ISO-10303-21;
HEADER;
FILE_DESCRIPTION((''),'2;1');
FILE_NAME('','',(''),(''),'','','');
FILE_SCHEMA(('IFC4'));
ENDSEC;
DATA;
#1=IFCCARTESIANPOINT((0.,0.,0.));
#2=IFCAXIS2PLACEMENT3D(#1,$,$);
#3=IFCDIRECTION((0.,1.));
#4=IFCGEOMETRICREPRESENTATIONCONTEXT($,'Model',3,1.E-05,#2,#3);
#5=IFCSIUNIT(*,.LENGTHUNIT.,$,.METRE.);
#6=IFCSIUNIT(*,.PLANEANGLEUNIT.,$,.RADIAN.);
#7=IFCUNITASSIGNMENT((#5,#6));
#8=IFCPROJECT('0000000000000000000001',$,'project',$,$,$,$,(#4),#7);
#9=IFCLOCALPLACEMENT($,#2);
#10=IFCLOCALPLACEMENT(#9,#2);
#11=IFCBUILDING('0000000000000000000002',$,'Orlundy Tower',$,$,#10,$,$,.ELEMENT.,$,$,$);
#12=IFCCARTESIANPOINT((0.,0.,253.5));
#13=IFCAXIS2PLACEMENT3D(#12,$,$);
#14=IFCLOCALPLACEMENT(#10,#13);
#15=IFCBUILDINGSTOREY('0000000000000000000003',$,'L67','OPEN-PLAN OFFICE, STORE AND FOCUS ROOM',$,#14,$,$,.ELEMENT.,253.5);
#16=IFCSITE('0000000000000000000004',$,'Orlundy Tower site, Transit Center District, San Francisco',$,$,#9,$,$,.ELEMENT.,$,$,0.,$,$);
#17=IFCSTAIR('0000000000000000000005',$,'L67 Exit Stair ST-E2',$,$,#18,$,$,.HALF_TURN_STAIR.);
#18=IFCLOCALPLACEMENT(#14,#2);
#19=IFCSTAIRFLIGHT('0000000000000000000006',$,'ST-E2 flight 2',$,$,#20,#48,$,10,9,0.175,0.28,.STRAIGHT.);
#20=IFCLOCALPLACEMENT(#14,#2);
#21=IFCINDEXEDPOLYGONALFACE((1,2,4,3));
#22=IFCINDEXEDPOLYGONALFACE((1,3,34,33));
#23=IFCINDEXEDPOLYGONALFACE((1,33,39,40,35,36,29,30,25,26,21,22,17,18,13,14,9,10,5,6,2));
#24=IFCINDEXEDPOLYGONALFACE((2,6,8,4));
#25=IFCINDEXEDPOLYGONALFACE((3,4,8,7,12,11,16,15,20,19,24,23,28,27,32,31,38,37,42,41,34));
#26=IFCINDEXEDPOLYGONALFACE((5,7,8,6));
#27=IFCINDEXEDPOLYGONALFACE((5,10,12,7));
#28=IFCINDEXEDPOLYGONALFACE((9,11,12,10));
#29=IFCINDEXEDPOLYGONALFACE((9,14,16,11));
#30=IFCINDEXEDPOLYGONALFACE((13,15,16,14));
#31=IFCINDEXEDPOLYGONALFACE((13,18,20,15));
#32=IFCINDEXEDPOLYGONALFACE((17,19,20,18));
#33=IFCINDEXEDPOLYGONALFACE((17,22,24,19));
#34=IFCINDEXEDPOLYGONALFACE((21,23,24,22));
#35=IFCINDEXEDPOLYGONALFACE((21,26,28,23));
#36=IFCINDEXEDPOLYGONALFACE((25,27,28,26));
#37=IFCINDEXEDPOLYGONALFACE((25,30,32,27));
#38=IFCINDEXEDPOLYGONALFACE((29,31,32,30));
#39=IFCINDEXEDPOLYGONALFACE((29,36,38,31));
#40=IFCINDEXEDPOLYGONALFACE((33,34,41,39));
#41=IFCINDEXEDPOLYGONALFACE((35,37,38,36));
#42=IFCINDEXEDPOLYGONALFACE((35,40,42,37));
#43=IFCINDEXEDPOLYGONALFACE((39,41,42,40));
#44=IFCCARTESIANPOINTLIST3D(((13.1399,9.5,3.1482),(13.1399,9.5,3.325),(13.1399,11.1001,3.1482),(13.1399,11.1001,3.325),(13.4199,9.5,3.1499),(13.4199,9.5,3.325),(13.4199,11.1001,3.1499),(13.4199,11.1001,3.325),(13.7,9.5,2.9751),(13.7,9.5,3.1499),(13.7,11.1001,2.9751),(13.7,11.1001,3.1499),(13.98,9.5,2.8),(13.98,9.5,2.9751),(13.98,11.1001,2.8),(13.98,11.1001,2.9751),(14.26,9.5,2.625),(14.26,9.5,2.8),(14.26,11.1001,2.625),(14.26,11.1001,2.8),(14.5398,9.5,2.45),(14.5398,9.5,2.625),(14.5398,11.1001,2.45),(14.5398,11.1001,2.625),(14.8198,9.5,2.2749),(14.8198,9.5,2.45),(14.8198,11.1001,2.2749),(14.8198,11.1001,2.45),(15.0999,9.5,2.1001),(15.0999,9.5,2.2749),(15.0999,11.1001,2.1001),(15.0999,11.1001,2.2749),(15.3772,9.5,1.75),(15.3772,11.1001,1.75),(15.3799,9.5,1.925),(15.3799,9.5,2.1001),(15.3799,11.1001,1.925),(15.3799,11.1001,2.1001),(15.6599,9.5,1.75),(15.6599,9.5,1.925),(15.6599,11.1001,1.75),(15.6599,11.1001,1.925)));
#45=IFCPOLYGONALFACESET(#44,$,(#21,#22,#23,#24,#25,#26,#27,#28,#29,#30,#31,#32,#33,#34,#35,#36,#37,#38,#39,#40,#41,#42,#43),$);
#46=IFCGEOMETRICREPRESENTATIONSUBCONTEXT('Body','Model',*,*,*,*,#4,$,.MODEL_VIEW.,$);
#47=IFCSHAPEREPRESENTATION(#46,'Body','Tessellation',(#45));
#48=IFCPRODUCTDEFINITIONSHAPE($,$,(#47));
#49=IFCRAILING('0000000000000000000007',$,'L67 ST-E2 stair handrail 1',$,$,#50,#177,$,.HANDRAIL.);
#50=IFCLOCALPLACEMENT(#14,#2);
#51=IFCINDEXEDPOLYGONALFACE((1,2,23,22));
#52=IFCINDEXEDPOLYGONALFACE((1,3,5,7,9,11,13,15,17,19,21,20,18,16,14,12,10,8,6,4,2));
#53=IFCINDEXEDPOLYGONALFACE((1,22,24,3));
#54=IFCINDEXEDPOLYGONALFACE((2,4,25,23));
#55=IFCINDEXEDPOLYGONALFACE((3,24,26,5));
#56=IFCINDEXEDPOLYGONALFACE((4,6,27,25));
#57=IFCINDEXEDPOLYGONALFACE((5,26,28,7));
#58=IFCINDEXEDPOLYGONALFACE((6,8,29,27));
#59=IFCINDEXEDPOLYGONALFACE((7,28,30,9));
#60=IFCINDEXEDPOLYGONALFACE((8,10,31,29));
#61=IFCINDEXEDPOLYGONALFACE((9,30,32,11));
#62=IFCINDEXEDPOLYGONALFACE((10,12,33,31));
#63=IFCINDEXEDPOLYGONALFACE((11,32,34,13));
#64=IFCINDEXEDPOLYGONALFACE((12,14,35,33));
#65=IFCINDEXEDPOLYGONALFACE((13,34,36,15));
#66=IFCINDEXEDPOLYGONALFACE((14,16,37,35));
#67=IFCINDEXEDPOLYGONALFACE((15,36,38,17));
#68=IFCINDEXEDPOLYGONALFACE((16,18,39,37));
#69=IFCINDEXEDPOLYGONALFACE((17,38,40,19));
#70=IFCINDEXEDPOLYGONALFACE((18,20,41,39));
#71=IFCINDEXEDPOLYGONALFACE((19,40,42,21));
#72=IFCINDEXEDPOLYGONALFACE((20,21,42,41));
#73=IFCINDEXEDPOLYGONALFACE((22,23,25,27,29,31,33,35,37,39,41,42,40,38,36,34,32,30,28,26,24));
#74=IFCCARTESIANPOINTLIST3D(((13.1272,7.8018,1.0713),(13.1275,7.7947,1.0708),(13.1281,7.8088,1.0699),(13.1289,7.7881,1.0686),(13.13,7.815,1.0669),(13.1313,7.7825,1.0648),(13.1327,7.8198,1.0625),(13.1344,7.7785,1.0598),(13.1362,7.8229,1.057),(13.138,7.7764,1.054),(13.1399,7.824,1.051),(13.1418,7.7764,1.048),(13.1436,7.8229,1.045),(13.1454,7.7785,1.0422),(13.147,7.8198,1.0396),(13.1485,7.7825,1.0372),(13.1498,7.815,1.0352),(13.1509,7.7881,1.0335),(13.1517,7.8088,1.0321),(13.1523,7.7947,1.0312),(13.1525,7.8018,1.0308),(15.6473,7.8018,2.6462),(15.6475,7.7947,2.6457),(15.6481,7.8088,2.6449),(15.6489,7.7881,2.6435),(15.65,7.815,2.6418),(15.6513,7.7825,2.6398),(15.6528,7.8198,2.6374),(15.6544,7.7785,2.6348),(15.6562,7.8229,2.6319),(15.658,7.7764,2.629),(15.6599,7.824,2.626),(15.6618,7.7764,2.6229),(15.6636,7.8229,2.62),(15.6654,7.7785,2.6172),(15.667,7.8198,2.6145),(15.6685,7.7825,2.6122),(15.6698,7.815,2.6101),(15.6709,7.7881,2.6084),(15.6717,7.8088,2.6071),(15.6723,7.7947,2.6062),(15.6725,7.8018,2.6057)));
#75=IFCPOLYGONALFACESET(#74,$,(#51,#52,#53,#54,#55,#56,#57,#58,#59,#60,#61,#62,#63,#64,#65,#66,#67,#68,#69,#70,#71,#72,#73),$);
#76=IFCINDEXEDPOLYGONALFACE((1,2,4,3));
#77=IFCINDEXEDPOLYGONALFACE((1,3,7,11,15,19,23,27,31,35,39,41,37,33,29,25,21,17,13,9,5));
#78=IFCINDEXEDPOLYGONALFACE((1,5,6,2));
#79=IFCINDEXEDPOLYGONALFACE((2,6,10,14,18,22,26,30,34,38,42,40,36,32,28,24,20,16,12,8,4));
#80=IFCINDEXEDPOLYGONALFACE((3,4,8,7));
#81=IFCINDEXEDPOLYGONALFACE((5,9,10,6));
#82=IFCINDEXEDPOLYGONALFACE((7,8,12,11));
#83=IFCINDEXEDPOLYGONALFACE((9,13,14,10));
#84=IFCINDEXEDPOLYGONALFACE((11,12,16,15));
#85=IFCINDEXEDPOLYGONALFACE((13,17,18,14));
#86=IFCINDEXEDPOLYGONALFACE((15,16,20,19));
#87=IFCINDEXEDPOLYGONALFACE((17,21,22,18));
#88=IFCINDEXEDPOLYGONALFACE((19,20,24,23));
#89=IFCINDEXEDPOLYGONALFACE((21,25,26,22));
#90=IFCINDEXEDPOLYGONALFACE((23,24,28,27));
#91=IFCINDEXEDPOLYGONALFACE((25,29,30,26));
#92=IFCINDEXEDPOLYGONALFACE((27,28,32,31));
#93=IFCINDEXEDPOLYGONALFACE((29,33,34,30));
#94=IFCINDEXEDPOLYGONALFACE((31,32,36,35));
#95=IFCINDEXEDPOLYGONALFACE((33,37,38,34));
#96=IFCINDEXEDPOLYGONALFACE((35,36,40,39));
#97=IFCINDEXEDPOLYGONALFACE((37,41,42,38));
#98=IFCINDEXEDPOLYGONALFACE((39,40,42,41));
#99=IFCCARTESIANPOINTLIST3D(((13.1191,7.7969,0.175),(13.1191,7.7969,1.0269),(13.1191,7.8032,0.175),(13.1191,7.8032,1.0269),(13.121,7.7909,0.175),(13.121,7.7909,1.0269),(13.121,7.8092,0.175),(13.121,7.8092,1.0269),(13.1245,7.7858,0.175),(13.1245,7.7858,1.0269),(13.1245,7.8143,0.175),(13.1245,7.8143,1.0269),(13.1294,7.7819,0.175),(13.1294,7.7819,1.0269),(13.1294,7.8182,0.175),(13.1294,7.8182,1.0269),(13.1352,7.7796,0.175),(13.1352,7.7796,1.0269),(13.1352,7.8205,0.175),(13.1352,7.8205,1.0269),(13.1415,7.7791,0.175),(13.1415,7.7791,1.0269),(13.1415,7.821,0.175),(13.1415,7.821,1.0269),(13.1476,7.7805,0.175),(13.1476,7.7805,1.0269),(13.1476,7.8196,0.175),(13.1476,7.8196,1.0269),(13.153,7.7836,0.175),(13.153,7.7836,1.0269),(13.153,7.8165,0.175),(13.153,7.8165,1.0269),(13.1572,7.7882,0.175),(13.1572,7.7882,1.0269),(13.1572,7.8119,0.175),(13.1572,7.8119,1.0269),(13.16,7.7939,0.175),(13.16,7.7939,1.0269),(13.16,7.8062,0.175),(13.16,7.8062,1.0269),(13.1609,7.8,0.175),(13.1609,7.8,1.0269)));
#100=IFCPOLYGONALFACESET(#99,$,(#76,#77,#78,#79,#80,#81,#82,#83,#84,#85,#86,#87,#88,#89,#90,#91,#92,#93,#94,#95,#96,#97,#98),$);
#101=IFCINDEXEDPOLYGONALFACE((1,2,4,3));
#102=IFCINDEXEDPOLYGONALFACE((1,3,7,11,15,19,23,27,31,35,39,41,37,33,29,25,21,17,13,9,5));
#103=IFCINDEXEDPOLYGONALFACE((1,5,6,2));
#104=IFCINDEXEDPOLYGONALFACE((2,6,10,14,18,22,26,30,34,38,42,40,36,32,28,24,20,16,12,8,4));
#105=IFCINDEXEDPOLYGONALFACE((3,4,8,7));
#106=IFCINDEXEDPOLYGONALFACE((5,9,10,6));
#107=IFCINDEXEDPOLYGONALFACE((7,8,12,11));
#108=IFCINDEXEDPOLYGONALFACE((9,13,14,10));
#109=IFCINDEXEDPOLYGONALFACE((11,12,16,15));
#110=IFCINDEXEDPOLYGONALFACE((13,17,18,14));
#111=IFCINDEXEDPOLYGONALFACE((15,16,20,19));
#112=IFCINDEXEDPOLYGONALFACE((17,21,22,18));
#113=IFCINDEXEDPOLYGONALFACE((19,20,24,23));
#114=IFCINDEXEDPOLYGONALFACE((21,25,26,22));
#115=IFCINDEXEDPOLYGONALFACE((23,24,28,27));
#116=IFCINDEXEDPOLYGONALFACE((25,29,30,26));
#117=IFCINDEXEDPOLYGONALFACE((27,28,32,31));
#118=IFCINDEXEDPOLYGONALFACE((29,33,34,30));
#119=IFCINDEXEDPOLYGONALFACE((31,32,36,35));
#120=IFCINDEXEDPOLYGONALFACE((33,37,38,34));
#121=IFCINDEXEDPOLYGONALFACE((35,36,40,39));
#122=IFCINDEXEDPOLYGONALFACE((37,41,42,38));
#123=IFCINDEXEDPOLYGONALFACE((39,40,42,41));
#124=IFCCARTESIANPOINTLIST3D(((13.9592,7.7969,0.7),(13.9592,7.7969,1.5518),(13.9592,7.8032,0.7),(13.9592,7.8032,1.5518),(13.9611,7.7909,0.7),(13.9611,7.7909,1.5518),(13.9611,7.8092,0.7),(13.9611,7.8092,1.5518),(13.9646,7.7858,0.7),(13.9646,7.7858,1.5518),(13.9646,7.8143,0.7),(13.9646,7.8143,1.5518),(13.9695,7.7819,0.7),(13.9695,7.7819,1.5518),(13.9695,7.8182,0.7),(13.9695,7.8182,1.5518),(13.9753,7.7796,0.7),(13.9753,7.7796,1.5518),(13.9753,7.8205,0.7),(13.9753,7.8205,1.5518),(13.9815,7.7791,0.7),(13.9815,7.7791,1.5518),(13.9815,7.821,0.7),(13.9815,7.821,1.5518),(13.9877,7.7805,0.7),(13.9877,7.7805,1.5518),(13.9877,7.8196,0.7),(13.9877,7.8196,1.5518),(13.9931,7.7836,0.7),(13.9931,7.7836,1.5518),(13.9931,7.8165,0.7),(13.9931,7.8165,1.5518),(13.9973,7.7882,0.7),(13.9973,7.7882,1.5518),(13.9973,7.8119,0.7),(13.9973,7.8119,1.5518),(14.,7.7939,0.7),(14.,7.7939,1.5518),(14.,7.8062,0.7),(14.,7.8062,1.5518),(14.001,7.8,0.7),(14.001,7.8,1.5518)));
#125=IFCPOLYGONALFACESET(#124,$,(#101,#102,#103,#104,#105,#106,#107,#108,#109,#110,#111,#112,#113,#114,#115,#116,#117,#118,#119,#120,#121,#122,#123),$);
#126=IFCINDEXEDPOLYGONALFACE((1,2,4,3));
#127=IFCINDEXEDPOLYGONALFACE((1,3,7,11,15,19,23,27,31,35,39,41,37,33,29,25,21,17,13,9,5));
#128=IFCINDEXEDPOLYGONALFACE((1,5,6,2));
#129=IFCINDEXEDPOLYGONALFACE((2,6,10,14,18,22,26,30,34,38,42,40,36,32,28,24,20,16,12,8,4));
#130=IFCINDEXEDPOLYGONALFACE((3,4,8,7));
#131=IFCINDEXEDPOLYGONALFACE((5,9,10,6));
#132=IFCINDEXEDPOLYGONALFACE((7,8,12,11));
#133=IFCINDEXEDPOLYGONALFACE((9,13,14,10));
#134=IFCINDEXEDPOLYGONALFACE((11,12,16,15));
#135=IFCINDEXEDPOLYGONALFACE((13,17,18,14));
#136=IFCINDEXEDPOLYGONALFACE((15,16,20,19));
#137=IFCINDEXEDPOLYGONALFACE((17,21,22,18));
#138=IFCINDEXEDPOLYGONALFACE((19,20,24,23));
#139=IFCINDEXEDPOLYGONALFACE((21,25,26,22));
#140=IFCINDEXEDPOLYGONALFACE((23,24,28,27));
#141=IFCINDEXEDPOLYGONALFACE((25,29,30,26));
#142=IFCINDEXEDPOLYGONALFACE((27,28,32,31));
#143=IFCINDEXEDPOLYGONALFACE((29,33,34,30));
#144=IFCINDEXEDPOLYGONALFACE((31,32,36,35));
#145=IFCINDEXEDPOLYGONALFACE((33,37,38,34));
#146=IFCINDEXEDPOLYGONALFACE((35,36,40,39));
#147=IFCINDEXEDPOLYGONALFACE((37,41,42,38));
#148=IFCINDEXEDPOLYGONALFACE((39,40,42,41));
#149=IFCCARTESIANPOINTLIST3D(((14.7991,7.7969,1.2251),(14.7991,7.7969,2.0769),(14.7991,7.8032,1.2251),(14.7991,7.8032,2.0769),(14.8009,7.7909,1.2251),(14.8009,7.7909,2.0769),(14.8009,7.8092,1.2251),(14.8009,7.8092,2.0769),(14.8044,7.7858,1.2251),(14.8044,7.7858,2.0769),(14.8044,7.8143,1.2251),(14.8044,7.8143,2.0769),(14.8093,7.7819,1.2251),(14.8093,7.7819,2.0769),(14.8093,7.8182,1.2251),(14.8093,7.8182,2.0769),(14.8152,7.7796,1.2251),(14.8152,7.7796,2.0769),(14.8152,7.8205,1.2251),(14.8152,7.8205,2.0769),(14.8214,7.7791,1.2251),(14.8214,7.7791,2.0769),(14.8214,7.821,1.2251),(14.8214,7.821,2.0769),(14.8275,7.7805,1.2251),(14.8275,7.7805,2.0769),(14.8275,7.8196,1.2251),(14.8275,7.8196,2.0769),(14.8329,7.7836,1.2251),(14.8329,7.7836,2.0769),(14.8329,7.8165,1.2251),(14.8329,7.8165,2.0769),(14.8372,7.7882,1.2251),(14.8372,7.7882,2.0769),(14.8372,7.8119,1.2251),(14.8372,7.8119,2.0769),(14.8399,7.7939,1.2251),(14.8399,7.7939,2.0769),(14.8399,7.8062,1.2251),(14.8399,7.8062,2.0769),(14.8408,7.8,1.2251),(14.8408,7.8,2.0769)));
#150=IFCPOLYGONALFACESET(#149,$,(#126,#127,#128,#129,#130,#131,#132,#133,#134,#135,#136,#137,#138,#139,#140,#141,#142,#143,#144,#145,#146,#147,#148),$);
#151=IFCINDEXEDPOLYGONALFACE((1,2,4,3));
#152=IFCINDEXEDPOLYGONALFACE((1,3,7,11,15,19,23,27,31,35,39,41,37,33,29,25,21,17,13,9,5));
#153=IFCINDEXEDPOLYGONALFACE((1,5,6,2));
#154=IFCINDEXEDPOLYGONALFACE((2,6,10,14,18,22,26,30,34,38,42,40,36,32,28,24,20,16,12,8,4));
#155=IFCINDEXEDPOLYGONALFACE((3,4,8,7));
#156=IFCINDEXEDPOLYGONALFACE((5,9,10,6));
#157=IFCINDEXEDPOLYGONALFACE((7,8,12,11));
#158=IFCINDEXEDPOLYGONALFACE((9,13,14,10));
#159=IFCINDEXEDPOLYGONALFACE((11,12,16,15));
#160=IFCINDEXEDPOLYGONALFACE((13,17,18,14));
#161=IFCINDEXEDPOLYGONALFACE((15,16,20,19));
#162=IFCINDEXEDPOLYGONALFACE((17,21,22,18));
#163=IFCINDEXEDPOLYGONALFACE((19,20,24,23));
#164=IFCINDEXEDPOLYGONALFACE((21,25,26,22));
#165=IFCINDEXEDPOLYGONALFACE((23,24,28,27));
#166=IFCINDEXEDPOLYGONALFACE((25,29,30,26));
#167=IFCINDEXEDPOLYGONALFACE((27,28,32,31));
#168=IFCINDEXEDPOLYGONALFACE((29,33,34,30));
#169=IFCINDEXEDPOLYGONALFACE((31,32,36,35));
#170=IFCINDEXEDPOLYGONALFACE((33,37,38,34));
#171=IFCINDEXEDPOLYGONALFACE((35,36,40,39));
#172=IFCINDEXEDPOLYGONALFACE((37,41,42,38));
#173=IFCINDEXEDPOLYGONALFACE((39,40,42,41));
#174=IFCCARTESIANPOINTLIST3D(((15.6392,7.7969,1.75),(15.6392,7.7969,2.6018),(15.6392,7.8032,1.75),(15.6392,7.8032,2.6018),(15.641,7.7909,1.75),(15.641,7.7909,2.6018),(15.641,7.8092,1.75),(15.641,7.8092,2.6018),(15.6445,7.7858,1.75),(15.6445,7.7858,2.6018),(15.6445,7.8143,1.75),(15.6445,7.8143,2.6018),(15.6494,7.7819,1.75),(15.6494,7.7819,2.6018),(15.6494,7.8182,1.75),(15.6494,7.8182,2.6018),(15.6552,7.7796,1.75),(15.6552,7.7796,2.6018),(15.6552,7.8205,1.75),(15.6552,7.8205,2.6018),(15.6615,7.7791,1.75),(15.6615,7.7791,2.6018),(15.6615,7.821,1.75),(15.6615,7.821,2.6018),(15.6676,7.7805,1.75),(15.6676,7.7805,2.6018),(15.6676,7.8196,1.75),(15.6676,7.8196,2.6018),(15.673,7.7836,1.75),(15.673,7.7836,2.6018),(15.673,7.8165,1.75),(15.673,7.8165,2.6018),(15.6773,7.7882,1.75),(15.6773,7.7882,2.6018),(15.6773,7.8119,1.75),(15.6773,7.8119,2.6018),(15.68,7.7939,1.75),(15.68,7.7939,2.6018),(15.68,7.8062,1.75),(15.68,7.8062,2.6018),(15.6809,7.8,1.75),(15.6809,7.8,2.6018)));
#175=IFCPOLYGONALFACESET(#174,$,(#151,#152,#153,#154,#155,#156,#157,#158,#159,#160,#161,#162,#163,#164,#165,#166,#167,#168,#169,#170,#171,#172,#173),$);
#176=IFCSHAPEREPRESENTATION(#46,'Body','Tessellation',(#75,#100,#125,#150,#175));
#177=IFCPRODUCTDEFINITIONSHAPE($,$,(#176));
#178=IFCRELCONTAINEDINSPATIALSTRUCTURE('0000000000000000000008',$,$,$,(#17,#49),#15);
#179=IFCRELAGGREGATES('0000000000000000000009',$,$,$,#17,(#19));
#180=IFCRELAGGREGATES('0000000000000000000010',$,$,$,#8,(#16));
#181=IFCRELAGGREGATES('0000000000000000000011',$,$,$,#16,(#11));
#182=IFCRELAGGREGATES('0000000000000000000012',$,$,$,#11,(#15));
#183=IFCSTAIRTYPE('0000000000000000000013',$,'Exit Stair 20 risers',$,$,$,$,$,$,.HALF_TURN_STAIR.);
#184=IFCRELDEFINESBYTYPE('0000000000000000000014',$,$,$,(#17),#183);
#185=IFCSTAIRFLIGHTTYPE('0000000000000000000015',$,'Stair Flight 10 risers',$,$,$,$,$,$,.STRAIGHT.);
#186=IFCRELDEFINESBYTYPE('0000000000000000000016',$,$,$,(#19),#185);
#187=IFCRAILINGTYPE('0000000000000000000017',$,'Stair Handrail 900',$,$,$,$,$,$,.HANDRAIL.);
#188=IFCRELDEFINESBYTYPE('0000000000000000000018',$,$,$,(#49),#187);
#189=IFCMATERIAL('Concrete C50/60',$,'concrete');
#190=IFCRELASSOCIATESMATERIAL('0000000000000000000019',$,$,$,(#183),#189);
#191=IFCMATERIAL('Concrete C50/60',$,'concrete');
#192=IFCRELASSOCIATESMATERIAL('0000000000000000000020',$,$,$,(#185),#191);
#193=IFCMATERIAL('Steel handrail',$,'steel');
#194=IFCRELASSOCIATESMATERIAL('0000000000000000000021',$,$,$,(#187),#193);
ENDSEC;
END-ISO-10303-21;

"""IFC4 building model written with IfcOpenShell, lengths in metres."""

from ifc_helpers import new_model, si_unit, direction, frame, origin, origin_2d, place, context, subcontext, project, spatial, polyline, circle, outline, extrude, material, type_object, element, aggregate, save


model = new_model("IFC4")

# Units and contexts
model_context = context("Model", 3, precision=1e-05, world=origin(), true_north=direction((0.0, 1.0)))
body_context = subcontext(model_context, "Body", "Model", "MODEL_VIEW")
ifc_project = project(units=[si_unit("LENGTHUNIT", "METRE"), si_unit("PLANEANGLEUNIT", "RADIAN")], contexts=[model_context])

# Site, building, storey
site_placement = place(None, origin())
site = spatial("IfcSite", under=ifc_project, at=site_placement, Name="Orlundy Tower site, Transit Center District, San Francisco", CompositionType="ELEMENT", RefElevation=0.0)
building_placement = place(site_placement, origin())
building = spatial("IfcBuilding", under=site, at=building_placement, Name="Orlundy Tower", CompositionType="ELEMENT")
storey_placement = place(building_placement, frame((0.0, 0.0, 253.5)))
storey = spatial("IfcBuildingStorey", under=building, at=storey_placement, Name="L67", Description="OPEN-PLAN OFFICE, STORE AND FOCUS ROOM", CompositionType="ELEMENT", Elevation=253.5)

# Stair, stair flight
ifc_material_1 = material(Name="Concrete C50/60", Category="concrete")
stair_type = type_object("IfcStairType", Name="Exit Stair 20 risers", PredefinedType="HALF_TURN_STAIR", material=ifc_material_1)
stair_placement = place(storey_placement, origin())
stair = element("IfcStair", 1, at=stair_placement, inside=storey, type_object=stair_type, Name="L67 Exit Stair ST-E2", PredefinedType="HALF_TURN_STAIR")
ifc_material_2 = material(Name="Concrete C50/60", Category="concrete")
stair_flight_type = type_object("IfcStairFlightType", Name="Stair Flight 10 risers", PredefinedType="STRAIGHT", material=ifc_material_2)
stair_flight_1_placement = place(storey_placement, frame((15.6599, 10.3, 1.75), z_axis=(0.0, 0.0, 1.0), x_axis=(-1.0, 0.0, 0.0)))
stair_flight_1 = element("IfcStairFlight", 2, at=stair_flight_1_placement, type_object=stair_flight_type, Name="ST-E2 flight 2", NumberOfRisers=10, NumberOfTreads=9, PredefinedType="STRAIGHT", RiserHeight=0.175, TreadLength=0.28, context=body_context, shape_type="SweptSolid", body=[
    extrude(outline(polyline([(0.0, 0.0), (0.0, 0.175), (0.28, 0.175), (0.28, 0.3501), (0.5601, 0.3501), (0.5601, 0.5249), (0.8401, 0.5249), (0.8401, 0.7), (1.1201, 0.7), (1.1201, 0.875), (1.3999, 0.875), (1.3999, 1.05), (1.6799, 1.05), (1.6799, 1.2251), (1.96, 1.2251), (1.96, 1.3999), (2.24, 1.3999), (2.24, 1.575), (2.52, 1.575), (2.52, 1.75), (2.52, 1.3982), (0.2827, 0.0), (0.0, 0.0)])), frame((0.0, 0.8, 0.0), z_axis=(0.0, -1.0, 0.0), x_axis=(1.0, 0.0, 0.0)), (0.0, 0.0, 1.0), 1.6001),
])
aggregate(stair, [stair_flight_1])

# Railing
ifc_material_3 = material(Name="Steel handrail", Category="steel")
railing_type_1 = type_object("IfcRailingType", Name="Stair Handrail 900", PredefinedType="HANDRAIL", material=ifc_material_3)
railing_1_placement = place(storey_placement, frame((13.1399, 7.8, 0.175)))
element("IfcRailing", 3, at=railing_1_placement, inside=storey, type_object=railing_type_1, Name="L67 ST-E2 stair handrail 1", PredefinedType="HANDRAIL", context=body_context, shape_type="SweptSolid", body=[
    extrude(circle(Radius=0.0239, at=origin_2d()), frame((0.0, 0.0, 0.876), z_axis=(0.848008, 0.0, 0.529984), x_axis=(0.0, 1.0, 0.0)), (0.0, 0.0, 1.0), 2.9717),
    extrude(circle(Radius=0.021, at=origin_2d()), origin(), (0.0, 0.0, 1.0), 0.8518),
    extrude(circle(Radius=0.021, at=origin_2d()), frame((0.8401, 0.0, 0.5249)), (0.0, 0.0, 1.0), 0.8518),
    extrude(circle(Radius=0.021, at=origin_2d()), frame((1.6799, 0.0, 1.05)), (0.0, 0.0, 1.0), 0.8518),
    extrude(circle(Radius=0.021, at=origin_2d()), frame((2.52, 0.0, 1.575)), (0.0, 0.0, 1.0), 0.8518),
])

save(model, "model.ifc")
